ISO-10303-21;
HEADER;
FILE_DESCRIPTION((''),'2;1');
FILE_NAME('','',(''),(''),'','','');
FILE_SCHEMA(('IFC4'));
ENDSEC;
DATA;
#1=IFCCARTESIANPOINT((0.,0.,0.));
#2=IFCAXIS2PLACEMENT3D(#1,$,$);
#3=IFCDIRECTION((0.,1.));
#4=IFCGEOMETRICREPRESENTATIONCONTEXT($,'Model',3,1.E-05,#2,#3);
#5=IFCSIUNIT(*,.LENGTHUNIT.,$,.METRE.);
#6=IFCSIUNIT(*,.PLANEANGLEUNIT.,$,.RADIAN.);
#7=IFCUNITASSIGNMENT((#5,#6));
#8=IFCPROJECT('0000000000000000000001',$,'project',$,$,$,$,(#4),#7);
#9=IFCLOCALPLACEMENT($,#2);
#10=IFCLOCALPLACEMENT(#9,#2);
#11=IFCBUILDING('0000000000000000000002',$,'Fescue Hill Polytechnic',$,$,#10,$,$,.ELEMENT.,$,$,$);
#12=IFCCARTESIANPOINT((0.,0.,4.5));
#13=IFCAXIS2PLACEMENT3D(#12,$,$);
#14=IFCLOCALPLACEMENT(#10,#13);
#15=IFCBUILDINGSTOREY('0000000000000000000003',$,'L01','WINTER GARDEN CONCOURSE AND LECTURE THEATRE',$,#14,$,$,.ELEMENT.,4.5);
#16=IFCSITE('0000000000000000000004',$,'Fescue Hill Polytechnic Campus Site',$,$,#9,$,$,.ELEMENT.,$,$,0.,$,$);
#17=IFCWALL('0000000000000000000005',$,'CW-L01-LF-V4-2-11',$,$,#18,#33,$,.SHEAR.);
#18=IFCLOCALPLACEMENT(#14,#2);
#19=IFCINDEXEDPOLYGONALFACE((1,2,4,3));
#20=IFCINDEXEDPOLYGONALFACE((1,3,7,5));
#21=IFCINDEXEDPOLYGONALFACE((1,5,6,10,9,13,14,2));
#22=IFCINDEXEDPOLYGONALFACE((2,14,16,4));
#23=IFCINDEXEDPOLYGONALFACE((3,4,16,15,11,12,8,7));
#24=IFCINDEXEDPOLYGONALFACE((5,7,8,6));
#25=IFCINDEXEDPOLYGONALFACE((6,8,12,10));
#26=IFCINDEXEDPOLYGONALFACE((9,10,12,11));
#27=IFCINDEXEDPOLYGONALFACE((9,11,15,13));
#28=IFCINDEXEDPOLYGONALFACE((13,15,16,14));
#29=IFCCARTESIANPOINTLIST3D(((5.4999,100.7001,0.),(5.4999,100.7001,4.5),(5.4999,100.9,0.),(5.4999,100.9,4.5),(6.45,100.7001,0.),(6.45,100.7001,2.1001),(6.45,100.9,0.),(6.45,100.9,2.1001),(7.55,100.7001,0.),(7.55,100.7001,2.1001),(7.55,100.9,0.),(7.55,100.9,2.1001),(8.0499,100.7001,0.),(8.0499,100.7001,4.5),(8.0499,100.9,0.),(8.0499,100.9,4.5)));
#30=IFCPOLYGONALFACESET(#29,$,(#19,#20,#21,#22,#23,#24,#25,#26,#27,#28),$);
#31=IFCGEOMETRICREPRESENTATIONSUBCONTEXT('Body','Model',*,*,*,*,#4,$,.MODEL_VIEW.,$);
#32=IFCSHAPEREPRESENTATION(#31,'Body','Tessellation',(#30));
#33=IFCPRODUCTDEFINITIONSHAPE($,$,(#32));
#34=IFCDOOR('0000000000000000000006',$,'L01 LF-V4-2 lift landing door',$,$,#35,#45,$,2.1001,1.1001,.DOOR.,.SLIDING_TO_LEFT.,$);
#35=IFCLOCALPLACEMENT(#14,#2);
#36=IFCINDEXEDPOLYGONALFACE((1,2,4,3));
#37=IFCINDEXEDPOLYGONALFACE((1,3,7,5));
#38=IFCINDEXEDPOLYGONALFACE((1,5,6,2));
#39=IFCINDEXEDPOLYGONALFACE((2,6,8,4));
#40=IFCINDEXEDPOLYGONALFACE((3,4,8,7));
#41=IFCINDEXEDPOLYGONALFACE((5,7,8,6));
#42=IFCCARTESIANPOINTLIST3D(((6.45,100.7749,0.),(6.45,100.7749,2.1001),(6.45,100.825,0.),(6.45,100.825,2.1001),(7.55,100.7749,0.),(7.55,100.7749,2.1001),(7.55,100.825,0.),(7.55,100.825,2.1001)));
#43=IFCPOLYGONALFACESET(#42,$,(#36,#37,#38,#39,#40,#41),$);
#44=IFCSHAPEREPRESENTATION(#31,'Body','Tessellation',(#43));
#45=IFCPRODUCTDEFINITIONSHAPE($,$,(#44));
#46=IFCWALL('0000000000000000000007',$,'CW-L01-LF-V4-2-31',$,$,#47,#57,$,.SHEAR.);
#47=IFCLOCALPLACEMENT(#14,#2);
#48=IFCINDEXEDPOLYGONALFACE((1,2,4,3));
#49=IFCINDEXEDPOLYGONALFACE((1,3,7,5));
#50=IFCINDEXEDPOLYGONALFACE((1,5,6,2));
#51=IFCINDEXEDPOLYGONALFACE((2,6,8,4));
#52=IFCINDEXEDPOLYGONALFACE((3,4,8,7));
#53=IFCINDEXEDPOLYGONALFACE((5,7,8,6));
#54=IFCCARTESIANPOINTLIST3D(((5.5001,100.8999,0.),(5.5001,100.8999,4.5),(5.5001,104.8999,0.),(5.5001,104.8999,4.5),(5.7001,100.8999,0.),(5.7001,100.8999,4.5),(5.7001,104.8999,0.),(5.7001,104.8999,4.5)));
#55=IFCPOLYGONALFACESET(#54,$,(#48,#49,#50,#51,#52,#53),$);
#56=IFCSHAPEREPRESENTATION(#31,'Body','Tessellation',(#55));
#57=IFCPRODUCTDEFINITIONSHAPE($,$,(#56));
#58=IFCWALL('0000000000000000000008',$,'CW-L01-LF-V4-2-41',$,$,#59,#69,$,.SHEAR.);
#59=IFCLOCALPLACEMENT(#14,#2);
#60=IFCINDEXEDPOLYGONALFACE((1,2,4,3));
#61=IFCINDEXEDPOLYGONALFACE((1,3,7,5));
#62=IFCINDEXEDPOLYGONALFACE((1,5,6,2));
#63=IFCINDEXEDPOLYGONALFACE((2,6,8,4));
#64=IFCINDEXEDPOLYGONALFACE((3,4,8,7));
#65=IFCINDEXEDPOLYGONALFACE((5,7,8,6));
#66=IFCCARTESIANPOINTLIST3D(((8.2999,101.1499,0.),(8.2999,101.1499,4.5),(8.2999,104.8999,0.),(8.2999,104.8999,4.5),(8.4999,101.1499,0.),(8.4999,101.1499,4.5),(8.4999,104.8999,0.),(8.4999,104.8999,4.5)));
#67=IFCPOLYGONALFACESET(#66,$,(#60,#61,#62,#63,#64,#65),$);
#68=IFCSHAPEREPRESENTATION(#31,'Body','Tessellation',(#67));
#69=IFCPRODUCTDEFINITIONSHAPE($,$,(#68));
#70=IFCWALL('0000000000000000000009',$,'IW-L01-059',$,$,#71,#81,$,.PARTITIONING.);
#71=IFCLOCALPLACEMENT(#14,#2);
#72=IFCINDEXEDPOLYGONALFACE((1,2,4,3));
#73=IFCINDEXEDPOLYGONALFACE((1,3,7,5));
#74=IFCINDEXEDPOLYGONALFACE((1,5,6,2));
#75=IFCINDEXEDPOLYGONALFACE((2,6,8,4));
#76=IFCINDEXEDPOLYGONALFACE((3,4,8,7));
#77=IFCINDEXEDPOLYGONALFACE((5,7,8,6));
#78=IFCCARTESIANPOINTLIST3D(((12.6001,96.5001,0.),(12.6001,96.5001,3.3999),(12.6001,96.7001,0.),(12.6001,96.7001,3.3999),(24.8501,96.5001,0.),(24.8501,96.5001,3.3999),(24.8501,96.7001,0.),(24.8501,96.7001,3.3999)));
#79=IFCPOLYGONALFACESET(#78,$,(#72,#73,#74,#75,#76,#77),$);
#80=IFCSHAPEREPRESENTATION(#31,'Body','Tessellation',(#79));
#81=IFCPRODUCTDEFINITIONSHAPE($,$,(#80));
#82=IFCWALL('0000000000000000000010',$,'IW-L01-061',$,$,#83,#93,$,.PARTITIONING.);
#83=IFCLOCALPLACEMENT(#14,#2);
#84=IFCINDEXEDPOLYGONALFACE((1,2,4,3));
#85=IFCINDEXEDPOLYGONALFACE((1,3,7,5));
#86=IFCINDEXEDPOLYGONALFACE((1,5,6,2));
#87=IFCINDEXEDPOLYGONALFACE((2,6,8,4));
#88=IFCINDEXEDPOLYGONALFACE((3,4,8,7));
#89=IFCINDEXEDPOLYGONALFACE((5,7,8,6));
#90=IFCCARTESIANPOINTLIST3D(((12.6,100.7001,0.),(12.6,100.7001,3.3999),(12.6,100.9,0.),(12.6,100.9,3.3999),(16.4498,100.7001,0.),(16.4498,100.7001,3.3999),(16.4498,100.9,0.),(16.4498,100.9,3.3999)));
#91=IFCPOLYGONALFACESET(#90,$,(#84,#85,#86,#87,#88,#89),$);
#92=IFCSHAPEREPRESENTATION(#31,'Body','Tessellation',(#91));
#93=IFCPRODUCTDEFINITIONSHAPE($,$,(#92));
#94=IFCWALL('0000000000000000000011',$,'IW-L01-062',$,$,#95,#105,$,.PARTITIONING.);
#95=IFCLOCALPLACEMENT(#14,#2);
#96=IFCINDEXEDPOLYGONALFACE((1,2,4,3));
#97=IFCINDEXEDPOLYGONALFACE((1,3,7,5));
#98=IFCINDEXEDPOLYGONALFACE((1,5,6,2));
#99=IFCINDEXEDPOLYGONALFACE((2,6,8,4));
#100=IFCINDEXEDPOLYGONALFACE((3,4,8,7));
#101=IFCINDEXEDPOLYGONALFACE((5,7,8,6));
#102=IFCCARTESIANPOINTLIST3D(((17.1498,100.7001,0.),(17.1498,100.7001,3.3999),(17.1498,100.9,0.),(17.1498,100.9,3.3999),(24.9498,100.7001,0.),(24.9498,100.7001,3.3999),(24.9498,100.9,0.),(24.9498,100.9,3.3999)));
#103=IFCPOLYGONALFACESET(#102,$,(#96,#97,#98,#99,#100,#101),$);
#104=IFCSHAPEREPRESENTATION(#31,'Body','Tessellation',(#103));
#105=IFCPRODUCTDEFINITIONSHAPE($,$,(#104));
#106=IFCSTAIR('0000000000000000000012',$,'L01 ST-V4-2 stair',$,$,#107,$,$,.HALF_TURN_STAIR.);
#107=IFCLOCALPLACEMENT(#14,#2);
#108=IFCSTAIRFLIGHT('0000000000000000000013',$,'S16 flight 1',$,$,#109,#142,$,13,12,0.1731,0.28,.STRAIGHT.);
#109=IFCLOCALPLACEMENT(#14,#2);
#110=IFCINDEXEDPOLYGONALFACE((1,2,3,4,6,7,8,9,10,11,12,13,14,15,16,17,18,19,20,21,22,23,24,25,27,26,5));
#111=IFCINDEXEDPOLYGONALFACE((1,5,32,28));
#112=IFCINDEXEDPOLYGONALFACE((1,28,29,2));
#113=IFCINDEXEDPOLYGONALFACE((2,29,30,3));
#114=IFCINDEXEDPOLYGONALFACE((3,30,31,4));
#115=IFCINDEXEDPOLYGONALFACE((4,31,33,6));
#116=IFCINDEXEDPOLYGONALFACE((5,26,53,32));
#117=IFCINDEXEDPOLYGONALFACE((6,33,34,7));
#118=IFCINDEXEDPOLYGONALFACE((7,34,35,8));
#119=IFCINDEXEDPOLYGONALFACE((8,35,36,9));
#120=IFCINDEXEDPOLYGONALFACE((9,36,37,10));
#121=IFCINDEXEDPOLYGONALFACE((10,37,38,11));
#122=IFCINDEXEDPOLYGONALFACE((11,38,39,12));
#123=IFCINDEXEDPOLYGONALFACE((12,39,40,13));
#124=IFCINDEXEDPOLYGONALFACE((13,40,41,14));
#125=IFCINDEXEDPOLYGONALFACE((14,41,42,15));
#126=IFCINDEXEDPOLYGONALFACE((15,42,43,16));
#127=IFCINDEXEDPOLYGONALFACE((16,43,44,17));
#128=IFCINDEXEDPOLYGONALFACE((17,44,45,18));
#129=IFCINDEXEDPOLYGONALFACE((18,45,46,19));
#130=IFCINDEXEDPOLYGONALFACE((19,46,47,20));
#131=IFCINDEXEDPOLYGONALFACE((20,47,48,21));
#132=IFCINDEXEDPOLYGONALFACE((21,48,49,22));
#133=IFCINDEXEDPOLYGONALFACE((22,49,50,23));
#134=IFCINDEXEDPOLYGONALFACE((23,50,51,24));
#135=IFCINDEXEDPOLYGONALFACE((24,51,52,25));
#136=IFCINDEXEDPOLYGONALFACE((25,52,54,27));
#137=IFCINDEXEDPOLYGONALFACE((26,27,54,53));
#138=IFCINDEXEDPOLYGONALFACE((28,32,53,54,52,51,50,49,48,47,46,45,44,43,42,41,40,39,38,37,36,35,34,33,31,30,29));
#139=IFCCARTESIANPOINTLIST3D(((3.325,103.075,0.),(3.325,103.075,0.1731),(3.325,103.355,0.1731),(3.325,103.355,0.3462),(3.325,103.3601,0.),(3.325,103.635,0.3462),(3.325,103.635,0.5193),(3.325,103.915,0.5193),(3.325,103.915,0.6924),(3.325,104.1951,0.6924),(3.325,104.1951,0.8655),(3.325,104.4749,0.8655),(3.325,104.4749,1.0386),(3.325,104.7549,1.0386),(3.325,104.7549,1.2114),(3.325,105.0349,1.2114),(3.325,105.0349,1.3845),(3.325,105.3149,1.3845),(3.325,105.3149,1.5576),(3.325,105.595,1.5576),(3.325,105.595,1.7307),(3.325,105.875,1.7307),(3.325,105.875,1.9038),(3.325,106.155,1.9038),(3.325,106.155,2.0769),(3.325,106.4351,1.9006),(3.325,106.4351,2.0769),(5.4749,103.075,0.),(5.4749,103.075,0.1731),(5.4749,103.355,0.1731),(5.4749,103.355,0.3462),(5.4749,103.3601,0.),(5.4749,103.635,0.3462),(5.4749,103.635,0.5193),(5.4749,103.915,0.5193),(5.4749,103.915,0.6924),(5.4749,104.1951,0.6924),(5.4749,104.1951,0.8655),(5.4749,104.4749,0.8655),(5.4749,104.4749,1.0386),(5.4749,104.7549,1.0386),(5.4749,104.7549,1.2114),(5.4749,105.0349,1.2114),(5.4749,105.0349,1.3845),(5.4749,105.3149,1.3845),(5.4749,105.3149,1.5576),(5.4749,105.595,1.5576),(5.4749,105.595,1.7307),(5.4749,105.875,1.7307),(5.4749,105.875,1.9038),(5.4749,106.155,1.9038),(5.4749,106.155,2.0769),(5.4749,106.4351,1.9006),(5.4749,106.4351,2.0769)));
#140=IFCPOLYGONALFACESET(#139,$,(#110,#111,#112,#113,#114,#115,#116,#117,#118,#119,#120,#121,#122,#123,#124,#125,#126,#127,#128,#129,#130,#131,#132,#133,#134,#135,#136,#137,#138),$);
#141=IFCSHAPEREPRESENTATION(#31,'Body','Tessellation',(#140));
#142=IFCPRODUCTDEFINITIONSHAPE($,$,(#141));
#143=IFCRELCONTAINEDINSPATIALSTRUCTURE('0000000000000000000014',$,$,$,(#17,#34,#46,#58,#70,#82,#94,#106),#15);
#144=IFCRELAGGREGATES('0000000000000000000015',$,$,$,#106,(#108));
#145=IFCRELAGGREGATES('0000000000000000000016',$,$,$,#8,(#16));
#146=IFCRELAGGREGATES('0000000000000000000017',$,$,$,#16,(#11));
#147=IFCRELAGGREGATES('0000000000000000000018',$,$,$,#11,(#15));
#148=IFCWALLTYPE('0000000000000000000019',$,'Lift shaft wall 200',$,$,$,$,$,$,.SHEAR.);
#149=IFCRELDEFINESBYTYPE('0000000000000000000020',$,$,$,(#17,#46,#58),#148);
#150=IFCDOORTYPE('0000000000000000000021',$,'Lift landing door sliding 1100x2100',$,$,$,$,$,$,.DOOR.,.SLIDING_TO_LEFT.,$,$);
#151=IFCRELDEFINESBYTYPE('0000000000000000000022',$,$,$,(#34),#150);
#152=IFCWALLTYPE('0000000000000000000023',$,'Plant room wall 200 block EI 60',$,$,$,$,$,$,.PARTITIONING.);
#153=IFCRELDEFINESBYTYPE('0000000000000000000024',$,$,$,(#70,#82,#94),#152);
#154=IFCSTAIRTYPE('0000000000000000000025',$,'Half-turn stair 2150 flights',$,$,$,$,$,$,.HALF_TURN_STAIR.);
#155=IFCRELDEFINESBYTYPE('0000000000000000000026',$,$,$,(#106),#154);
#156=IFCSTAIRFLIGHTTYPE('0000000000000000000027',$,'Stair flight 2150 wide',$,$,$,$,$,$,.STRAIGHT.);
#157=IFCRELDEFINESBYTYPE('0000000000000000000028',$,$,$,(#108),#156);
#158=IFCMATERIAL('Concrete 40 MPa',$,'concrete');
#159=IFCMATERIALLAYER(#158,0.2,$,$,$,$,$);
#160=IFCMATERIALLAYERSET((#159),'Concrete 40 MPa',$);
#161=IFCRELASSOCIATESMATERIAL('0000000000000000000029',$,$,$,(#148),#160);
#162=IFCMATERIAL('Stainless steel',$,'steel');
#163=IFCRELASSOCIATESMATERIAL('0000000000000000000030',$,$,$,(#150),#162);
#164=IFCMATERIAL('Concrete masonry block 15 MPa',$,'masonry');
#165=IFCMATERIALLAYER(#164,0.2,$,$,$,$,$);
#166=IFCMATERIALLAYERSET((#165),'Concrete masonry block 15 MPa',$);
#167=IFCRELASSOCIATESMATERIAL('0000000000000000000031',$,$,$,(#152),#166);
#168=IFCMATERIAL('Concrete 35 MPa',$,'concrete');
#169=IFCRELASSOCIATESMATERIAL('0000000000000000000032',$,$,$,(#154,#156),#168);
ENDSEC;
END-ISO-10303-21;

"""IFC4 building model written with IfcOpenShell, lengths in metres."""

from ifc_helpers import new_model, si_unit, direction, frame, frame_2d, origin, place, context, subcontext, project, spatial, polyline, rectangle, outline, extrude, material, layer, layer_set, type_object, element, fill, aggregate, save


model = new_model("IFC4")

# Units and contexts
model_context = context("Model", 3, precision=1e-05, world=origin(), true_north=direction((0.0, 1.0)))
body_context = subcontext(model_context, "Body", "Model", "MODEL_VIEW")
ifc_project = project(units=[si_unit("LENGTHUNIT", "METRE"), si_unit("PLANEANGLEUNIT", "RADIAN")], contexts=[model_context])

# Site, building, storey
site_placement = place(None, origin())
site = spatial("IfcSite", under=ifc_project, at=site_placement, Name="Fescue Hill Polytechnic Campus Site", CompositionType="ELEMENT", RefElevation=0.0)
building_placement = place(site_placement, origin())
building = spatial("IfcBuilding", under=site, at=building_placement, Name="Fescue Hill Polytechnic", CompositionType="ELEMENT")
storey_placement = place(building_placement, frame((0.0, 0.0, 4.5)))
storey = spatial("IfcBuildingStorey", under=building, at=storey_placement, Name="L01", Description="WINTER GARDEN CONCOURSE AND LECTURE THEATRE", CompositionType="ELEMENT", Elevation=4.5)

# Shared definitions
ifc_material_1 = material(Name="Concrete 40 MPa", Category="concrete")

# Wall, opening, door
ifc_material_2 = material(Name="Concrete masonry block 15 MPa", Category="masonry")
ifc_layer_1 = layer(ifc_material_1, 0.2)
ifc_layer_set_1 = layer_set([ifc_layer_1], Name="Concrete 40 MPa")
wall_type_1 = type_object("IfcWallType", Name="Lift shaft wall 200", PredefinedType="SHEAR", material=ifc_layer_set_1)
wall_1_placement = place(storey_placement, frame((5.5, 100.8, 0.0), z_axis=(0.0, 0.0, 1.0), x_axis=(1.0, 0.0, 0.0)))
wall_1 = element("IfcWall", 1, at=wall_1_placement, inside=storey, type_object=wall_type_1, Name="CW-L01-LF-V4-2-11", PredefinedType="SHEAR", context=body_context, shape_type="SweptSolid", body=[
    extrude(rectangle(XDim=2.55, YDim=0.2, at=frame_2d((1.2749, 0.0))), origin(), (0.0, 0.0, 1.0), 4.5),
])
opening_1_placement = place(wall_1_placement, frame((0.95, 0.0, 0.0)))
opening_1 = element("IfcOpeningElement", 2, at=opening_1_placement, cuts=wall_1, PredefinedType="OPENING", context=body_context, shape_type="SweptSolid", body=[
    extrude(rectangle(XDim=1.1001, YDim=2.1001, at=frame_2d((0.55, 1.05))), frame((0.0, 0.1099, 0.0), z_axis=(0.0, -1.0, 0.0), x_axis=(1.0, 0.0, 0.0)), (0.0, 0.0, 1.0), 0.22),
])
ifc_material_3 = material(Name="Stainless steel", Category="steel")
door_type_1 = type_object("IfcDoorType", Name="Lift landing door sliding 1100x2100", OperationType="SLIDING_TO_LEFT", PredefinedType="DOOR", material=ifc_material_3)
door_1_placement = place(opening_1_placement, origin())
door_1 = element("IfcDoor", 3, at=door_1_placement, inside=storey, type_object=door_type_1, Name="L01 LF-V4-2 lift landing door", OperationType="SLIDING_TO_LEFT", OverallHeight=2.1001, OverallWidth=1.1001, PredefinedType="DOOR", context=body_context, shape_type="SweptSolid", body=[
    extrude(rectangle(XDim=1.1001, YDim=2.1001, at=frame_2d((0.55, 1.05))), frame((0.0, 0.0249, 0.0), z_axis=(0.0, -1.0, 0.0), x_axis=(1.0, 0.0, 0.0)), (0.0, 0.0, 1.0), 0.05),
])
fill(opening_1, door_1)

# Walls
wall_2_placement = place(storey_placement, frame((5.6001, 100.8999, 0.0), z_axis=(0.0, 0.0, 1.0), x_axis=(0.0, 1.0, 0.0)))
element("IfcWall", 4, at=wall_2_placement, inside=storey, type_object=wall_type_1, Name="CW-L01-LF-V4-2-31", PredefinedType="SHEAR", context=body_context, shape_type="SweptSolid", body=[
    extrude(rectangle(XDim=4.0, YDim=0.2, at=frame_2d((2.0, 0.0))), origin(), (0.0, 0.0, 1.0), 4.5),
])
wall_3_placement = place(storey_placement, frame((8.3999, 101.1499, 0.0), z_axis=(0.0, 0.0, 1.0), x_axis=(0.0, 1.0, 0.0)))
element("IfcWall", 5, at=wall_3_placement, inside=storey, type_object=wall_type_1, Name="CW-L01-LF-V4-2-41", PredefinedType="SHEAR", context=body_context, shape_type="SweptSolid", body=[
    extrude(rectangle(XDim=3.75, YDim=0.2, at=frame_2d((1.875, 0.0))), origin(), (0.0, 0.0, 1.0), 4.5),
])
ifc_layer_2 = layer(ifc_material_2, 0.2)
ifc_layer_set_2 = layer_set([ifc_layer_2], Name="Concrete masonry block 15 MPa")
wall_type_2 = type_object("IfcWallType", Name="Plant room wall 200 block EI 60", PredefinedType="PARTITIONING", material=ifc_layer_set_2)
wall_4_placement = place(storey_placement, frame((12.6001, 96.6001, 0.0), z_axis=(0.0, 0.0, 1.0), x_axis=(1.0, 0.0, 0.0)))
element("IfcWall", 6, at=wall_4_placement, inside=storey, type_object=wall_type_2, Name="IW-L01-059", PredefinedType="PARTITIONING", context=body_context, shape_type="SweptSolid", body=[
    extrude(rectangle(XDim=12.25, YDim=0.2, at=frame_2d((6.125, 0.0))), origin(), (0.0, 0.0, 1.0), 3.3999),
])
wall_5_placement = place(storey_placement, frame((12.6001, 100.8, 0.0), z_axis=(0.0, 0.0, 1.0), x_axis=(1.0, 0.0, 0.0)))
element("IfcWall", 7, at=wall_5_placement, inside=storey, type_object=wall_type_2, Name="IW-L01-061", PredefinedType="PARTITIONING", context=body_context, shape_type="SweptSolid", body=[
    extrude(rectangle(XDim=3.8499, YDim=0.2, at=frame_2d((1.9248, 0.0))), origin(), (0.0, 0.0, 1.0), 3.3999),
])
wall_6_placement = place(storey_placement, frame((17.1499, 100.8, 0.0), z_axis=(0.0, 0.0, 1.0), x_axis=(1.0, 0.0, 0.0)))
element("IfcWall", 8, at=wall_6_placement, inside=storey, type_object=wall_type_2, Name="IW-L01-062", PredefinedType="PARTITIONING", context=body_context, shape_type="SweptSolid", body=[
    extrude(rectangle(XDim=7.8, YDim=0.2, at=frame_2d((3.8999, 0.0))), origin(), (0.0, 0.0, 1.0), 3.3999),
])

# Stair, stair flight
ifc_material_4 = material(Name="Concrete 35 MPa", Category="concrete")
stair_type = type_object("IfcStairType", Name="Half-turn stair 2150 flights", PredefinedType="HALF_TURN_STAIR", material=ifc_material_4)
stair_placement = place(storey_placement, origin())
stair = element("IfcStair", 9, at=stair_placement, inside=storey, type_object=stair_type, Name="L01 ST-V4-2 stair", PredefinedType="HALF_TURN_STAIR")
stair_flight_type = type_object("IfcStairFlightType", Name="Stair flight 2150 wide", PredefinedType="STRAIGHT", material=ifc_material_4)
stair_flight_placement = place(storey_placement, frame((4.3999, 103.075, 0.0), z_axis=(0.0, 0.0, 1.0), x_axis=(0.0, 1.0, 0.0)))
stair_flight = element("IfcStairFlight", 10, at=stair_flight_placement, type_object=stair_flight_type, Name="S16 flight 1", NumberOfRisers=13, NumberOfTreads=12, PredefinedType="STRAIGHT", RiserHeight=0.1731, TreadLength=0.28, context=body_context, shape_type="SweptSolid", body=[
    extrude(outline(polyline([(0.0, 0.0), (0.0, 0.1731), (0.28, 0.1731), (0.28, 0.3462), (0.5601, 0.3462), (0.5601, 0.5193), (0.8401, 0.5193), (0.8401, 0.6924), (1.1201, 0.6924), (1.1201, 0.8655), (1.3999, 0.8655), (1.3999, 1.0386), (1.6799, 1.0386), (1.6799, 1.2114), (1.96, 1.2114), (1.96, 1.3845), (2.24, 1.3845), (2.24, 1.5576), (2.52, 1.5576), (2.52, 1.7307), (2.8, 1.7307), (2.8, 1.9038), (3.0801, 1.9038), (3.0801, 2.0769), (3.3601, 2.0769), (3.3601, 2.25), (3.3601, 1.9006), (0.2852, 0.0), (0.0, 0.0)])), frame((0.0, 1.075, 0.0), z_axis=(0.0, -1.0, 0.0), x_axis=(1.0, 0.0, 0.0)), (0.0, 0.0, 1.0), 2.1499),
])
aggregate(stair, [stair_flight])

save(model, "model.ifc")
